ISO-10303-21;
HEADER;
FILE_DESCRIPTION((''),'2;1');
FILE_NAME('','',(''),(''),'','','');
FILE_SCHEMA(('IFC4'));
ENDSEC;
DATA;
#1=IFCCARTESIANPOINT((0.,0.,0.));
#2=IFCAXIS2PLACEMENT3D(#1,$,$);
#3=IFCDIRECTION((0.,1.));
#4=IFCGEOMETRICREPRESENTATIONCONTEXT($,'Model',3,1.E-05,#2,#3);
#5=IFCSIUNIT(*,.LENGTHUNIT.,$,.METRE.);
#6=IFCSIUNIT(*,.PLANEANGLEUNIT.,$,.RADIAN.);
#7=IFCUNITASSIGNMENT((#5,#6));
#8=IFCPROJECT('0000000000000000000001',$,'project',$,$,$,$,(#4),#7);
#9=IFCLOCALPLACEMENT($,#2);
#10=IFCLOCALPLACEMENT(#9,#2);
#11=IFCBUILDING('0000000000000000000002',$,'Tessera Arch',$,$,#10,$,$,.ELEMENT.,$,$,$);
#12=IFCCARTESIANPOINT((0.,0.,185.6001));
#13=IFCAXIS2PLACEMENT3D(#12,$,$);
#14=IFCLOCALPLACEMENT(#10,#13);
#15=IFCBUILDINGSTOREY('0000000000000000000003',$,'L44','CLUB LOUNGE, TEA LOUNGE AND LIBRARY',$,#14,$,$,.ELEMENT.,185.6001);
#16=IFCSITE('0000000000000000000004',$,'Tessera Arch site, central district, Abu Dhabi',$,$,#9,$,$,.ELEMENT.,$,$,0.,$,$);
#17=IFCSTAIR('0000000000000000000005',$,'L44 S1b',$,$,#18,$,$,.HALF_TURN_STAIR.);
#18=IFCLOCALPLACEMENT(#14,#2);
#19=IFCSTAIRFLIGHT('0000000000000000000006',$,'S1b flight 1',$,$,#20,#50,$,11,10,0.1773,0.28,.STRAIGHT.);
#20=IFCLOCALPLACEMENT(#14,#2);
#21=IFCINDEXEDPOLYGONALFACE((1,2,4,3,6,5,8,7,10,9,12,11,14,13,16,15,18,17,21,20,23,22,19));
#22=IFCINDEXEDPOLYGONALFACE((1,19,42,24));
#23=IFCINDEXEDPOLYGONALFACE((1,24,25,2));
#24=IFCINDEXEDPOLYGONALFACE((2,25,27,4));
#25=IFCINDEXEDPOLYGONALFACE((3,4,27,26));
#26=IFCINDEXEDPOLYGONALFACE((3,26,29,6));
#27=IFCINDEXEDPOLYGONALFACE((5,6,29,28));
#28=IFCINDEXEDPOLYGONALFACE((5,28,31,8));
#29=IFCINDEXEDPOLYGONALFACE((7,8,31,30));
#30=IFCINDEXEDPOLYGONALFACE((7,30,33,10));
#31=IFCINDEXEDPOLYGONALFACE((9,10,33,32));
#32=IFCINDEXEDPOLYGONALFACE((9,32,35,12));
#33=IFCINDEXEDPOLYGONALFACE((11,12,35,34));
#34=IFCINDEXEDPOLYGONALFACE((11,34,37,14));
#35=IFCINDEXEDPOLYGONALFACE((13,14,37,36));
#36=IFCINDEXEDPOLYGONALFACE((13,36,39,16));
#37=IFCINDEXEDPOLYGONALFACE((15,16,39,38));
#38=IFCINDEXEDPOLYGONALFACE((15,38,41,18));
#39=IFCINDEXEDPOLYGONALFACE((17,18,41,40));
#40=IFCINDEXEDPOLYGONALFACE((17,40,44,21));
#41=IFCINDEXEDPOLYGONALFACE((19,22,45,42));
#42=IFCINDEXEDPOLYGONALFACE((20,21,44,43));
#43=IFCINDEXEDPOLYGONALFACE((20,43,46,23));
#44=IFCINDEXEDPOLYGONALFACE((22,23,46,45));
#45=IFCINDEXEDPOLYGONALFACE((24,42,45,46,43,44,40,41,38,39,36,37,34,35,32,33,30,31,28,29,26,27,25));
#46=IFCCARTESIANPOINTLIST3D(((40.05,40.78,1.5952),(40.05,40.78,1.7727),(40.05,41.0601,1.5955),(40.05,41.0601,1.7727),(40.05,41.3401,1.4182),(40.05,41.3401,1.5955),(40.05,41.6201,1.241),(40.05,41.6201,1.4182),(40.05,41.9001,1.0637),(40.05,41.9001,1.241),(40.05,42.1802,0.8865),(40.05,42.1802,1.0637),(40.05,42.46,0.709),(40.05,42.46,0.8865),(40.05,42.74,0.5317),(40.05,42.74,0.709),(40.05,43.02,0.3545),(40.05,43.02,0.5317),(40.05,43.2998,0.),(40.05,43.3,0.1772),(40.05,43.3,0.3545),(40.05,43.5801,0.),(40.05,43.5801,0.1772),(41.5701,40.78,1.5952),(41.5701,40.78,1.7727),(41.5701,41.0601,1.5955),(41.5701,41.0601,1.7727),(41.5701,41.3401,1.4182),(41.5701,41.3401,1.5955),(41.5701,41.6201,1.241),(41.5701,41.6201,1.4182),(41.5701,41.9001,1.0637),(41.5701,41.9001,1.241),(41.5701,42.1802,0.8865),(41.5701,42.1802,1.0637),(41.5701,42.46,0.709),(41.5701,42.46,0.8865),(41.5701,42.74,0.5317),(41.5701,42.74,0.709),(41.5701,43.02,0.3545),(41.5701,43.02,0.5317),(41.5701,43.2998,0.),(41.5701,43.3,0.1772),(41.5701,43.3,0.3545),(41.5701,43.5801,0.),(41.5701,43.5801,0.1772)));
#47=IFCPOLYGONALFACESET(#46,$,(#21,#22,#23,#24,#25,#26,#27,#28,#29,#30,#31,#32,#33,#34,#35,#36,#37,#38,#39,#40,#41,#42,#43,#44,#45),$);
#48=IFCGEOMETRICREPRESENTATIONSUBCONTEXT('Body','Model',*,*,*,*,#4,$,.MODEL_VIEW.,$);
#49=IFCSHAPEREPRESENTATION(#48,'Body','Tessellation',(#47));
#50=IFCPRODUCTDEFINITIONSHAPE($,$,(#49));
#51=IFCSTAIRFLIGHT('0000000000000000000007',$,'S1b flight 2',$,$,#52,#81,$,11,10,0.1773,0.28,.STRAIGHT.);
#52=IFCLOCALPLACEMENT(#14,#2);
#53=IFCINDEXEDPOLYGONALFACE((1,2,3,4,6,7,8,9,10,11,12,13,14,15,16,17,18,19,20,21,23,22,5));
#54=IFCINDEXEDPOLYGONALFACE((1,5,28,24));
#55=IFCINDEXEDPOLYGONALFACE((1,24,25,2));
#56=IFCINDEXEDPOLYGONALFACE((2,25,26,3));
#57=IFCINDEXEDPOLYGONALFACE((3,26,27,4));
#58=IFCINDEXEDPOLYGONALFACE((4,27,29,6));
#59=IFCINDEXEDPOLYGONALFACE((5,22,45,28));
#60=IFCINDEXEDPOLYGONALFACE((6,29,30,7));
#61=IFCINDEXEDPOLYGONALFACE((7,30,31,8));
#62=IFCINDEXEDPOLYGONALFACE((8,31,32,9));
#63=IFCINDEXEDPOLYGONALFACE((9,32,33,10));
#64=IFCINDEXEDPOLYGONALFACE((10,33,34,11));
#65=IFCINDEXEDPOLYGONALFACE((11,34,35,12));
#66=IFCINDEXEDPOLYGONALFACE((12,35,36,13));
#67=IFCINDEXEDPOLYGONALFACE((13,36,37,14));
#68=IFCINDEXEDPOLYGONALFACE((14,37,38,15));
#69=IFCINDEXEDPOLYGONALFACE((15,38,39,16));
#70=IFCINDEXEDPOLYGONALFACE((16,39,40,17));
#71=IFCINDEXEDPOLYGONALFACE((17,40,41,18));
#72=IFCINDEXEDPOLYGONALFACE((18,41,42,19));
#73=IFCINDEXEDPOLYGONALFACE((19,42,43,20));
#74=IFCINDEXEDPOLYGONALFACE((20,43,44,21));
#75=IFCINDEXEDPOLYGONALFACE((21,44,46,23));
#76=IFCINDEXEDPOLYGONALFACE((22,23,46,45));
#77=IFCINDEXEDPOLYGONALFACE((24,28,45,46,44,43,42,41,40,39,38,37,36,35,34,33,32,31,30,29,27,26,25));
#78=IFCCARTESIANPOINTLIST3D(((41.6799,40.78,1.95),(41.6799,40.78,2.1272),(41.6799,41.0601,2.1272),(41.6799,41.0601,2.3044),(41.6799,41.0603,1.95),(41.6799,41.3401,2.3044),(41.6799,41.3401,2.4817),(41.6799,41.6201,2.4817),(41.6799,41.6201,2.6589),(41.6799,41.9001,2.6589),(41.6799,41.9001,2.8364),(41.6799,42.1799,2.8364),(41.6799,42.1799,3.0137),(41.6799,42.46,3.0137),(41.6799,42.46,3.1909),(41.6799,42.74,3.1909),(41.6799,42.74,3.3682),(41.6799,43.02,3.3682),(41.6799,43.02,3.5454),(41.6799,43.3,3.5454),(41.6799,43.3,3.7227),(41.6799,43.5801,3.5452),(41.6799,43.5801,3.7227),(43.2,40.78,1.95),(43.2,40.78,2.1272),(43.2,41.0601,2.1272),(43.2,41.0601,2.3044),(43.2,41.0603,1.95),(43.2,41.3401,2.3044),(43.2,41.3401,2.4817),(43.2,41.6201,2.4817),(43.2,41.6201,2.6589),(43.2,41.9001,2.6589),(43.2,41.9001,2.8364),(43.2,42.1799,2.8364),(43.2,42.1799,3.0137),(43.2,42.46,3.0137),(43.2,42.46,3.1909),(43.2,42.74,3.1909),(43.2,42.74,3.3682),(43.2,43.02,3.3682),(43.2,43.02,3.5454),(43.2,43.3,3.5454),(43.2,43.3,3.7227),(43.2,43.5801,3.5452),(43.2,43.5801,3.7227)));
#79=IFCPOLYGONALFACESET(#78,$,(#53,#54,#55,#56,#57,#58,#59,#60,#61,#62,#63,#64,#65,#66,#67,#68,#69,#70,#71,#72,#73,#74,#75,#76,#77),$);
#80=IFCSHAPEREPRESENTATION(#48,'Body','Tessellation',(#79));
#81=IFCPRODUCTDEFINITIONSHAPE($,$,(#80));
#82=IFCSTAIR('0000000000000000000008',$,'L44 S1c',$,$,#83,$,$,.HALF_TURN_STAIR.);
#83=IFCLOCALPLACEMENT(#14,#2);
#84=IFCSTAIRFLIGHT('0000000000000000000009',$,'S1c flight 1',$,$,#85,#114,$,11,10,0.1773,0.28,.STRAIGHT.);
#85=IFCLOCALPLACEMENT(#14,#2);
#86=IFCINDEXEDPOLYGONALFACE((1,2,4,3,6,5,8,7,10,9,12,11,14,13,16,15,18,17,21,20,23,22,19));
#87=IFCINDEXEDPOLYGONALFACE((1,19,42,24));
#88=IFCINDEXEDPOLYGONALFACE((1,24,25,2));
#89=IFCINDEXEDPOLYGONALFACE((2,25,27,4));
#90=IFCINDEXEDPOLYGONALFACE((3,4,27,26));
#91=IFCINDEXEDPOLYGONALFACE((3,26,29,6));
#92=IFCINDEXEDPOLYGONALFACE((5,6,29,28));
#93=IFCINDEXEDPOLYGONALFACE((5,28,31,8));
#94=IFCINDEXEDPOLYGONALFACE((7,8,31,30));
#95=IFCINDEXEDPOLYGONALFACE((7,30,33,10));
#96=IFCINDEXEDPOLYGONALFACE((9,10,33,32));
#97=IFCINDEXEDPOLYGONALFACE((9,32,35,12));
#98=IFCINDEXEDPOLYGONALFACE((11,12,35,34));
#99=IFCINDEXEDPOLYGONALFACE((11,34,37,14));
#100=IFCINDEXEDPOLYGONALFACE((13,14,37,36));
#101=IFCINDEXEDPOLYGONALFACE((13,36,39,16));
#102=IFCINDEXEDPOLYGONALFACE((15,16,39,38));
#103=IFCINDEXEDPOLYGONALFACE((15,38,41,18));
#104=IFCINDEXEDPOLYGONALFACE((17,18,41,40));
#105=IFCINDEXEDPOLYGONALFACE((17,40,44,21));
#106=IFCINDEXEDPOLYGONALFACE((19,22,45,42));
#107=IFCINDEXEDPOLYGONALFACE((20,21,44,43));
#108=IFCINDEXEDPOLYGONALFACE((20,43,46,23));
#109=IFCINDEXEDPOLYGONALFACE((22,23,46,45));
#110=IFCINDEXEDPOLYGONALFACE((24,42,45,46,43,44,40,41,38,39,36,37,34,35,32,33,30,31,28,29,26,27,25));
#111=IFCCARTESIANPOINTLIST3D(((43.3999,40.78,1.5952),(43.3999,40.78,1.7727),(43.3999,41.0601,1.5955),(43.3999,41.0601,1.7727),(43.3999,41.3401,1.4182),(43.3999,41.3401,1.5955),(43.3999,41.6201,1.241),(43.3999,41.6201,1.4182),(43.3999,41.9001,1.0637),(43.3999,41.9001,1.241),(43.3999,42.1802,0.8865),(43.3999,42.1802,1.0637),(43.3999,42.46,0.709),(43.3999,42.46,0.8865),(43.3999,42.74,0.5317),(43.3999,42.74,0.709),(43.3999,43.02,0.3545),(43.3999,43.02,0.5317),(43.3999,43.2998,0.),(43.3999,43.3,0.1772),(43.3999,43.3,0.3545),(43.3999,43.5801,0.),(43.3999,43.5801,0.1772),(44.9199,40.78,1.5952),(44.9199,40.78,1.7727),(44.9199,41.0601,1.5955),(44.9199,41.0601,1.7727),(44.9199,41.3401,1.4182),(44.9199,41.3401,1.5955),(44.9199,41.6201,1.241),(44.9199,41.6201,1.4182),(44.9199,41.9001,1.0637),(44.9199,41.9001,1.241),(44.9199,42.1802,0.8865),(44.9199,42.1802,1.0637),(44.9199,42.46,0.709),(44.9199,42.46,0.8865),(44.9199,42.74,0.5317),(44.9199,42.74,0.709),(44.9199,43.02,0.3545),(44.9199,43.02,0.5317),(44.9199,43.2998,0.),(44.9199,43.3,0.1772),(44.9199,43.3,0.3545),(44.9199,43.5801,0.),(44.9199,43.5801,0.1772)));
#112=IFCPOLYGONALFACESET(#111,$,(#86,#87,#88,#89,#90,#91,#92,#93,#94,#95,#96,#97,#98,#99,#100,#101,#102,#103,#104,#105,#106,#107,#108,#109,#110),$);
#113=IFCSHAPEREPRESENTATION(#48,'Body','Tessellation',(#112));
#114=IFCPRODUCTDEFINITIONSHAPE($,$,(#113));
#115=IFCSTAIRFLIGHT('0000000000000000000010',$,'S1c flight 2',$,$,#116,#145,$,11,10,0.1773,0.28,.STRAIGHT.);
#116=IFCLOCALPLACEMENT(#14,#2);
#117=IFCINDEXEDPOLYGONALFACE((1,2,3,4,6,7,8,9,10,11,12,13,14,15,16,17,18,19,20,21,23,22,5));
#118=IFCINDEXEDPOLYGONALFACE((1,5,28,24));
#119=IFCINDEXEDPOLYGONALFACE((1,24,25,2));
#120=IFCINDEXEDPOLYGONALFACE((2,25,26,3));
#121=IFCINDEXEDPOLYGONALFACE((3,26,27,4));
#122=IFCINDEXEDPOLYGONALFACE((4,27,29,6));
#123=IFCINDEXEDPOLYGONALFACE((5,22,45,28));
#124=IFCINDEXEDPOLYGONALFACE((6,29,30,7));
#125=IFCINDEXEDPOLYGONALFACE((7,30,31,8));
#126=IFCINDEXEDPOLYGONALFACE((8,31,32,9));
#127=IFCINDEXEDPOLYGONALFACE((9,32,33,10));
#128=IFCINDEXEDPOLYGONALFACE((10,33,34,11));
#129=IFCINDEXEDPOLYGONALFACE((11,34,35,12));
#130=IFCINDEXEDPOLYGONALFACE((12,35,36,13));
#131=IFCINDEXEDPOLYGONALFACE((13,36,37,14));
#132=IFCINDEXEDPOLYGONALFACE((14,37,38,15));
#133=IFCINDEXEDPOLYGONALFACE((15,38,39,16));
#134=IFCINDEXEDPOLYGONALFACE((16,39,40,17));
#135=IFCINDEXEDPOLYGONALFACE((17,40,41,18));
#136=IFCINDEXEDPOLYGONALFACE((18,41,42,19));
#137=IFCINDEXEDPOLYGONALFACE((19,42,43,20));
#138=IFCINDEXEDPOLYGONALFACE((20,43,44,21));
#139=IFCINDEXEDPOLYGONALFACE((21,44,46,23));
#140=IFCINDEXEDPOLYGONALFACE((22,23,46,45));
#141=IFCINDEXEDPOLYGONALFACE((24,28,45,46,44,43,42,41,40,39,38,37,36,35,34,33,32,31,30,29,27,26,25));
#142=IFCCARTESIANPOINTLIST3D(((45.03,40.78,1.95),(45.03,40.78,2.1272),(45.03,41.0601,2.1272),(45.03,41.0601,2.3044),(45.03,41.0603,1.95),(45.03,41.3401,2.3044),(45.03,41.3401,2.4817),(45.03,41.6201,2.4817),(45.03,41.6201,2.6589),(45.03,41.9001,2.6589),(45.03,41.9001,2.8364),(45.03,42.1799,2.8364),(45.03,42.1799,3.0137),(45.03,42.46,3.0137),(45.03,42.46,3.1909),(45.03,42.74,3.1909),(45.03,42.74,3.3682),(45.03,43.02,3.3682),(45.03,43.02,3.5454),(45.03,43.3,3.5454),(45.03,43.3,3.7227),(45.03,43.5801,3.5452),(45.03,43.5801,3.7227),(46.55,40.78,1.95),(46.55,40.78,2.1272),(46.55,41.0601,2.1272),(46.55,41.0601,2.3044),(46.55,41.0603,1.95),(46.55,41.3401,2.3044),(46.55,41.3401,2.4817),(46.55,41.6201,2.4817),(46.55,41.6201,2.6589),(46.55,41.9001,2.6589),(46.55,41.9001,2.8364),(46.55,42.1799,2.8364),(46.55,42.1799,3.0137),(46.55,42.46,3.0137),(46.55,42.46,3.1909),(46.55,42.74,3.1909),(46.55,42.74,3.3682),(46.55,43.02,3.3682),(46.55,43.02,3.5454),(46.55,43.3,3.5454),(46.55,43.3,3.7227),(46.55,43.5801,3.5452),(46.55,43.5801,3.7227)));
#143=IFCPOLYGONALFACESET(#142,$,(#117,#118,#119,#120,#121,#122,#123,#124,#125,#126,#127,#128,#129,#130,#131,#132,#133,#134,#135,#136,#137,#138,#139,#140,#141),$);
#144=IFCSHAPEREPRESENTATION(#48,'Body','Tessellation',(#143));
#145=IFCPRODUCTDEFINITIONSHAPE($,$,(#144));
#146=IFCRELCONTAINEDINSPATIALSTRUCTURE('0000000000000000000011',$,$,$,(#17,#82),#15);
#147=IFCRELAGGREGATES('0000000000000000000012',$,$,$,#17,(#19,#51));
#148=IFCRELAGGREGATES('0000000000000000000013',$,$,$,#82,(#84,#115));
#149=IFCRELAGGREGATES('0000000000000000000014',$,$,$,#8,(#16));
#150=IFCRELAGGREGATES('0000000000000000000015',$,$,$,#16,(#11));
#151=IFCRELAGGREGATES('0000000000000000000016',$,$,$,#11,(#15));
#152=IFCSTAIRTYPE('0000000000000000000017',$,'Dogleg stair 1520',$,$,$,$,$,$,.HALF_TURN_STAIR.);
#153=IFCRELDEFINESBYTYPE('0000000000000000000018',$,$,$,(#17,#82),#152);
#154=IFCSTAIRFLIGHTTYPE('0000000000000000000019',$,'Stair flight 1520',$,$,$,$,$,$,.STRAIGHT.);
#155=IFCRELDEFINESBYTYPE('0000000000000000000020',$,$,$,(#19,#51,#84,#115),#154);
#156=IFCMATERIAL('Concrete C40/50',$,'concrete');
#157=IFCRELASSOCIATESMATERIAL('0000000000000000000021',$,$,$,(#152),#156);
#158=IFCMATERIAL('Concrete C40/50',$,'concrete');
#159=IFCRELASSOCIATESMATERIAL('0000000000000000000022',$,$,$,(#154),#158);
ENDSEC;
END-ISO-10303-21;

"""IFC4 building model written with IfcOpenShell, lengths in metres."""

from ifc_helpers import new_model, si_unit, direction, frame, origin, place, context, subcontext, project, spatial, polyline, outline, extrude, material, type_object, element, aggregate, save


model = new_model("IFC4")

# Units and contexts
model_context = context("Model", 3, precision=1e-05, world=origin(), true_north=direction((0.0, 1.0)))
body_context = subcontext(model_context, "Body", "Model", "MODEL_VIEW")
ifc_project = project(units=[si_unit("LENGTHUNIT", "METRE"), si_unit("PLANEANGLEUNIT", "RADIAN")], contexts=[model_context])

# Site, building, storey
site_placement = place(None, origin())
site = spatial("IfcSite", under=ifc_project, at=site_placement, Name="Tessera Arch site, central district, Abu Dhabi", CompositionType="ELEMENT", RefElevation=0.0)
building_placement = place(site_placement, origin())
building = spatial("IfcBuilding", under=site, at=building_placement, Name="Tessera Arch", CompositionType="ELEMENT")
storey_placement = place(building_placement, frame((0.0, 0.0, 185.6001)))
storey = spatial("IfcBuildingStorey", under=building, at=storey_placement, Name="L44", Description="CLUB LOUNGE, TEA LOUNGE AND LIBRARY", CompositionType="ELEMENT", Elevation=185.6001)

# Stairs, stair flights
ifc_material_1 = material(Name="Concrete C40/50", Category="concrete")
stair_type = type_object("IfcStairType", Name="Dogleg stair 1520", PredefinedType="HALF_TURN_STAIR", material=ifc_material_1)
stair_1_placement = place(storey_placement, origin())
stair_1 = element("IfcStair", 1, at=stair_1_placement, inside=storey, type_object=stair_type, Name="L44 S1b", PredefinedType="HALF_TURN_STAIR")
ifc_material_2 = material(Name="Concrete C40/50", Category="concrete")
stair_flight_type = type_object("IfcStairFlightType", Name="Stair flight 1520", PredefinedType="STRAIGHT", material=ifc_material_2)
stair_flight_1_placement = place(storey_placement, frame((40.8101, 43.5801, 0.0), z_axis=(0.0, 0.0, 1.0), x_axis=(0.0, -1.0, 0.0)))
stair_flight_1 = element("IfcStairFlight", 2, at=stair_flight_1_placement, type_object=stair_flight_type, Name="S1b flight 1", NumberOfRisers=11, NumberOfTreads=10, PredefinedType="STRAIGHT", RiserHeight=0.1773, TreadLength=0.28, context=body_context, shape_type="SweptSolid", body=[
    extrude(outline(polyline([(0.0, 0.0), (0.0, 0.1772), (0.28, 0.1772), (0.28, 0.3545), (0.5601, 0.3545), (0.5601, 0.5317), (0.8401, 0.5317), (0.8401, 0.709), (1.1201, 0.709), (1.1201, 0.8865), (1.3999, 0.8865), (1.3999, 1.0637), (1.6799, 1.0637), (1.6799, 1.241), (1.96, 1.241), (1.96, 1.4182), (2.24, 1.4182), (2.24, 1.5955), (2.52, 1.5955), (2.52, 1.7727), (2.8, 1.7727), (2.8, 1.95), (2.8, 1.5952), (0.2803, 0.0), (0.0, 0.0)])), frame((0.0, 0.76, 0.0), z_axis=(0.0, -1.0, 0.0), x_axis=(1.0, 0.0, 0.0)), (0.0, 0.0, 1.0), 1.52),
])
stair_flight_2_placement = place(storey_placement, frame((42.4399, 40.78, 1.95), z_axis=(0.0, 0.0, 1.0), x_axis=(0.0, 1.0, 0.0)))
stair_flight_2 = element("IfcStairFlight", 3, at=stair_flight_2_placement, type_object=stair_flight_type, Name="S1b flight 2", NumberOfRisers=11, NumberOfTreads=10, PredefinedType="STRAIGHT", RiserHeight=0.1773, TreadLength=0.28, context=body_context, shape_type="SweptSolid", body=[
    extrude(outline(polyline([(0.0, 0.0), (0.0, 0.1772), (0.28, 0.1772), (0.28, 0.3545), (0.5601, 0.3545), (0.5601, 0.5317), (0.8401, 0.5317), (0.8401, 0.709), (1.1201, 0.709), (1.1201, 0.8865), (1.3999, 0.8865), (1.3999, 1.0637), (1.6799, 1.0637), (1.6799, 1.241), (1.96, 1.241), (1.96, 1.4182), (2.24, 1.4182), (2.24, 1.5955), (2.52, 1.5955), (2.52, 1.7727), (2.8, 1.7727), (2.8, 1.95), (2.8, 1.5952), (0.2803, 0.0), (0.0, 0.0)])), frame((0.0, 0.76, 0.0), z_axis=(0.0, -1.0, 0.0), x_axis=(1.0, 0.0, 0.0)), (0.0, 0.0, 1.0), 1.52),
])
aggregate(stair_1, [stair_flight_1, stair_flight_2])
stair_2_placement = place(storey_placement, origin())
stair_2 = element("IfcStair", 4, at=stair_2_placement, inside=storey, type_object=stair_type, Name="L44 S1c", PredefinedType="HALF_TURN_STAIR")
stair_flight_3_placement = place(storey_placement, frame((44.1599, 43.5801, 0.0), z_axis=(0.0, 0.0, 1.0), x_axis=(0.0, -1.0, 0.0)))
stair_flight_3 = element("IfcStairFlight", 5, at=stair_flight_3_placement, type_object=stair_flight_type, Name="S1c flight 1", NumberOfRisers=11, NumberOfTreads=10, PredefinedType="STRAIGHT", RiserHeight=0.1773, TreadLength=0.28, context=body_context, shape_type="SweptSolid", body=[
    extrude(outline(polyline([(0.0, 0.0), (0.0, 0.1772), (0.28, 0.1772), (0.28, 0.3545), (0.5601, 0.3545), (0.5601, 0.5317), (0.8401, 0.5317), (0.8401, 0.709), (1.1201, 0.709), (1.1201, 0.8865), (1.3999, 0.8865), (1.3999, 1.0637), (1.6799, 1.0637), (1.6799, 1.241), (1.96, 1.241), (1.96, 1.4182), (2.24, 1.4182), (2.24, 1.5955), (2.52, 1.5955), (2.52, 1.7727), (2.8, 1.7727), (2.8, 1.95), (2.8, 1.5952), (0.2803, 0.0), (0.0, 0.0)])), frame((0.0, 0.76, 0.0), z_axis=(0.0, -1.0, 0.0), x_axis=(1.0, 0.0, 0.0)), (0.0, 0.0, 1.0), 1.52),
])
stair_flight_4_placement = place(storey_placement, frame((45.79, 40.78, 1.95), z_axis=(0.0, 0.0, 1.0), x_axis=(0.0, 1.0, 0.0)))
stair_flight_4 = element("IfcStairFlight", 6, at=stair_flight_4_placement, type_object=stair_flight_type, Name="S1c flight 2", NumberOfRisers=11, NumberOfTreads=10, PredefinedType="STRAIGHT", RiserHeight=0.1773, TreadLength=0.28, context=body_context, shape_type="SweptSolid", body=[
    extrude(outline(polyline([(0.0, 0.0), (0.0, 0.1772), (0.28, 0.1772), (0.28, 0.3545), (0.5601, 0.3545), (0.5601, 0.5317), (0.8401, 0.5317), (0.8401, 0.709), (1.1201, 0.709), (1.1201, 0.8865), (1.3999, 0.8865), (1.3999, 1.0637), (1.6799, 1.0637), (1.6799, 1.241), (1.96, 1.241), (1.96, 1.4182), (2.24, 1.4182), (2.24, 1.5955), (2.52, 1.5955), (2.52, 1.7727), (2.8, 1.7727), (2.8, 1.95), (2.8, 1.5952), (0.2803, 0.0), (0.0, 0.0)])), frame((0.0, 0.76, 0.0), z_axis=(0.0, -1.0, 0.0), x_axis=(1.0, 0.0, 0.0)), (0.0, 0.0, 1.0), 1.52),
])
aggregate(stair_2, [stair_flight_3, stair_flight_4])

save(model, "model.ifc")
